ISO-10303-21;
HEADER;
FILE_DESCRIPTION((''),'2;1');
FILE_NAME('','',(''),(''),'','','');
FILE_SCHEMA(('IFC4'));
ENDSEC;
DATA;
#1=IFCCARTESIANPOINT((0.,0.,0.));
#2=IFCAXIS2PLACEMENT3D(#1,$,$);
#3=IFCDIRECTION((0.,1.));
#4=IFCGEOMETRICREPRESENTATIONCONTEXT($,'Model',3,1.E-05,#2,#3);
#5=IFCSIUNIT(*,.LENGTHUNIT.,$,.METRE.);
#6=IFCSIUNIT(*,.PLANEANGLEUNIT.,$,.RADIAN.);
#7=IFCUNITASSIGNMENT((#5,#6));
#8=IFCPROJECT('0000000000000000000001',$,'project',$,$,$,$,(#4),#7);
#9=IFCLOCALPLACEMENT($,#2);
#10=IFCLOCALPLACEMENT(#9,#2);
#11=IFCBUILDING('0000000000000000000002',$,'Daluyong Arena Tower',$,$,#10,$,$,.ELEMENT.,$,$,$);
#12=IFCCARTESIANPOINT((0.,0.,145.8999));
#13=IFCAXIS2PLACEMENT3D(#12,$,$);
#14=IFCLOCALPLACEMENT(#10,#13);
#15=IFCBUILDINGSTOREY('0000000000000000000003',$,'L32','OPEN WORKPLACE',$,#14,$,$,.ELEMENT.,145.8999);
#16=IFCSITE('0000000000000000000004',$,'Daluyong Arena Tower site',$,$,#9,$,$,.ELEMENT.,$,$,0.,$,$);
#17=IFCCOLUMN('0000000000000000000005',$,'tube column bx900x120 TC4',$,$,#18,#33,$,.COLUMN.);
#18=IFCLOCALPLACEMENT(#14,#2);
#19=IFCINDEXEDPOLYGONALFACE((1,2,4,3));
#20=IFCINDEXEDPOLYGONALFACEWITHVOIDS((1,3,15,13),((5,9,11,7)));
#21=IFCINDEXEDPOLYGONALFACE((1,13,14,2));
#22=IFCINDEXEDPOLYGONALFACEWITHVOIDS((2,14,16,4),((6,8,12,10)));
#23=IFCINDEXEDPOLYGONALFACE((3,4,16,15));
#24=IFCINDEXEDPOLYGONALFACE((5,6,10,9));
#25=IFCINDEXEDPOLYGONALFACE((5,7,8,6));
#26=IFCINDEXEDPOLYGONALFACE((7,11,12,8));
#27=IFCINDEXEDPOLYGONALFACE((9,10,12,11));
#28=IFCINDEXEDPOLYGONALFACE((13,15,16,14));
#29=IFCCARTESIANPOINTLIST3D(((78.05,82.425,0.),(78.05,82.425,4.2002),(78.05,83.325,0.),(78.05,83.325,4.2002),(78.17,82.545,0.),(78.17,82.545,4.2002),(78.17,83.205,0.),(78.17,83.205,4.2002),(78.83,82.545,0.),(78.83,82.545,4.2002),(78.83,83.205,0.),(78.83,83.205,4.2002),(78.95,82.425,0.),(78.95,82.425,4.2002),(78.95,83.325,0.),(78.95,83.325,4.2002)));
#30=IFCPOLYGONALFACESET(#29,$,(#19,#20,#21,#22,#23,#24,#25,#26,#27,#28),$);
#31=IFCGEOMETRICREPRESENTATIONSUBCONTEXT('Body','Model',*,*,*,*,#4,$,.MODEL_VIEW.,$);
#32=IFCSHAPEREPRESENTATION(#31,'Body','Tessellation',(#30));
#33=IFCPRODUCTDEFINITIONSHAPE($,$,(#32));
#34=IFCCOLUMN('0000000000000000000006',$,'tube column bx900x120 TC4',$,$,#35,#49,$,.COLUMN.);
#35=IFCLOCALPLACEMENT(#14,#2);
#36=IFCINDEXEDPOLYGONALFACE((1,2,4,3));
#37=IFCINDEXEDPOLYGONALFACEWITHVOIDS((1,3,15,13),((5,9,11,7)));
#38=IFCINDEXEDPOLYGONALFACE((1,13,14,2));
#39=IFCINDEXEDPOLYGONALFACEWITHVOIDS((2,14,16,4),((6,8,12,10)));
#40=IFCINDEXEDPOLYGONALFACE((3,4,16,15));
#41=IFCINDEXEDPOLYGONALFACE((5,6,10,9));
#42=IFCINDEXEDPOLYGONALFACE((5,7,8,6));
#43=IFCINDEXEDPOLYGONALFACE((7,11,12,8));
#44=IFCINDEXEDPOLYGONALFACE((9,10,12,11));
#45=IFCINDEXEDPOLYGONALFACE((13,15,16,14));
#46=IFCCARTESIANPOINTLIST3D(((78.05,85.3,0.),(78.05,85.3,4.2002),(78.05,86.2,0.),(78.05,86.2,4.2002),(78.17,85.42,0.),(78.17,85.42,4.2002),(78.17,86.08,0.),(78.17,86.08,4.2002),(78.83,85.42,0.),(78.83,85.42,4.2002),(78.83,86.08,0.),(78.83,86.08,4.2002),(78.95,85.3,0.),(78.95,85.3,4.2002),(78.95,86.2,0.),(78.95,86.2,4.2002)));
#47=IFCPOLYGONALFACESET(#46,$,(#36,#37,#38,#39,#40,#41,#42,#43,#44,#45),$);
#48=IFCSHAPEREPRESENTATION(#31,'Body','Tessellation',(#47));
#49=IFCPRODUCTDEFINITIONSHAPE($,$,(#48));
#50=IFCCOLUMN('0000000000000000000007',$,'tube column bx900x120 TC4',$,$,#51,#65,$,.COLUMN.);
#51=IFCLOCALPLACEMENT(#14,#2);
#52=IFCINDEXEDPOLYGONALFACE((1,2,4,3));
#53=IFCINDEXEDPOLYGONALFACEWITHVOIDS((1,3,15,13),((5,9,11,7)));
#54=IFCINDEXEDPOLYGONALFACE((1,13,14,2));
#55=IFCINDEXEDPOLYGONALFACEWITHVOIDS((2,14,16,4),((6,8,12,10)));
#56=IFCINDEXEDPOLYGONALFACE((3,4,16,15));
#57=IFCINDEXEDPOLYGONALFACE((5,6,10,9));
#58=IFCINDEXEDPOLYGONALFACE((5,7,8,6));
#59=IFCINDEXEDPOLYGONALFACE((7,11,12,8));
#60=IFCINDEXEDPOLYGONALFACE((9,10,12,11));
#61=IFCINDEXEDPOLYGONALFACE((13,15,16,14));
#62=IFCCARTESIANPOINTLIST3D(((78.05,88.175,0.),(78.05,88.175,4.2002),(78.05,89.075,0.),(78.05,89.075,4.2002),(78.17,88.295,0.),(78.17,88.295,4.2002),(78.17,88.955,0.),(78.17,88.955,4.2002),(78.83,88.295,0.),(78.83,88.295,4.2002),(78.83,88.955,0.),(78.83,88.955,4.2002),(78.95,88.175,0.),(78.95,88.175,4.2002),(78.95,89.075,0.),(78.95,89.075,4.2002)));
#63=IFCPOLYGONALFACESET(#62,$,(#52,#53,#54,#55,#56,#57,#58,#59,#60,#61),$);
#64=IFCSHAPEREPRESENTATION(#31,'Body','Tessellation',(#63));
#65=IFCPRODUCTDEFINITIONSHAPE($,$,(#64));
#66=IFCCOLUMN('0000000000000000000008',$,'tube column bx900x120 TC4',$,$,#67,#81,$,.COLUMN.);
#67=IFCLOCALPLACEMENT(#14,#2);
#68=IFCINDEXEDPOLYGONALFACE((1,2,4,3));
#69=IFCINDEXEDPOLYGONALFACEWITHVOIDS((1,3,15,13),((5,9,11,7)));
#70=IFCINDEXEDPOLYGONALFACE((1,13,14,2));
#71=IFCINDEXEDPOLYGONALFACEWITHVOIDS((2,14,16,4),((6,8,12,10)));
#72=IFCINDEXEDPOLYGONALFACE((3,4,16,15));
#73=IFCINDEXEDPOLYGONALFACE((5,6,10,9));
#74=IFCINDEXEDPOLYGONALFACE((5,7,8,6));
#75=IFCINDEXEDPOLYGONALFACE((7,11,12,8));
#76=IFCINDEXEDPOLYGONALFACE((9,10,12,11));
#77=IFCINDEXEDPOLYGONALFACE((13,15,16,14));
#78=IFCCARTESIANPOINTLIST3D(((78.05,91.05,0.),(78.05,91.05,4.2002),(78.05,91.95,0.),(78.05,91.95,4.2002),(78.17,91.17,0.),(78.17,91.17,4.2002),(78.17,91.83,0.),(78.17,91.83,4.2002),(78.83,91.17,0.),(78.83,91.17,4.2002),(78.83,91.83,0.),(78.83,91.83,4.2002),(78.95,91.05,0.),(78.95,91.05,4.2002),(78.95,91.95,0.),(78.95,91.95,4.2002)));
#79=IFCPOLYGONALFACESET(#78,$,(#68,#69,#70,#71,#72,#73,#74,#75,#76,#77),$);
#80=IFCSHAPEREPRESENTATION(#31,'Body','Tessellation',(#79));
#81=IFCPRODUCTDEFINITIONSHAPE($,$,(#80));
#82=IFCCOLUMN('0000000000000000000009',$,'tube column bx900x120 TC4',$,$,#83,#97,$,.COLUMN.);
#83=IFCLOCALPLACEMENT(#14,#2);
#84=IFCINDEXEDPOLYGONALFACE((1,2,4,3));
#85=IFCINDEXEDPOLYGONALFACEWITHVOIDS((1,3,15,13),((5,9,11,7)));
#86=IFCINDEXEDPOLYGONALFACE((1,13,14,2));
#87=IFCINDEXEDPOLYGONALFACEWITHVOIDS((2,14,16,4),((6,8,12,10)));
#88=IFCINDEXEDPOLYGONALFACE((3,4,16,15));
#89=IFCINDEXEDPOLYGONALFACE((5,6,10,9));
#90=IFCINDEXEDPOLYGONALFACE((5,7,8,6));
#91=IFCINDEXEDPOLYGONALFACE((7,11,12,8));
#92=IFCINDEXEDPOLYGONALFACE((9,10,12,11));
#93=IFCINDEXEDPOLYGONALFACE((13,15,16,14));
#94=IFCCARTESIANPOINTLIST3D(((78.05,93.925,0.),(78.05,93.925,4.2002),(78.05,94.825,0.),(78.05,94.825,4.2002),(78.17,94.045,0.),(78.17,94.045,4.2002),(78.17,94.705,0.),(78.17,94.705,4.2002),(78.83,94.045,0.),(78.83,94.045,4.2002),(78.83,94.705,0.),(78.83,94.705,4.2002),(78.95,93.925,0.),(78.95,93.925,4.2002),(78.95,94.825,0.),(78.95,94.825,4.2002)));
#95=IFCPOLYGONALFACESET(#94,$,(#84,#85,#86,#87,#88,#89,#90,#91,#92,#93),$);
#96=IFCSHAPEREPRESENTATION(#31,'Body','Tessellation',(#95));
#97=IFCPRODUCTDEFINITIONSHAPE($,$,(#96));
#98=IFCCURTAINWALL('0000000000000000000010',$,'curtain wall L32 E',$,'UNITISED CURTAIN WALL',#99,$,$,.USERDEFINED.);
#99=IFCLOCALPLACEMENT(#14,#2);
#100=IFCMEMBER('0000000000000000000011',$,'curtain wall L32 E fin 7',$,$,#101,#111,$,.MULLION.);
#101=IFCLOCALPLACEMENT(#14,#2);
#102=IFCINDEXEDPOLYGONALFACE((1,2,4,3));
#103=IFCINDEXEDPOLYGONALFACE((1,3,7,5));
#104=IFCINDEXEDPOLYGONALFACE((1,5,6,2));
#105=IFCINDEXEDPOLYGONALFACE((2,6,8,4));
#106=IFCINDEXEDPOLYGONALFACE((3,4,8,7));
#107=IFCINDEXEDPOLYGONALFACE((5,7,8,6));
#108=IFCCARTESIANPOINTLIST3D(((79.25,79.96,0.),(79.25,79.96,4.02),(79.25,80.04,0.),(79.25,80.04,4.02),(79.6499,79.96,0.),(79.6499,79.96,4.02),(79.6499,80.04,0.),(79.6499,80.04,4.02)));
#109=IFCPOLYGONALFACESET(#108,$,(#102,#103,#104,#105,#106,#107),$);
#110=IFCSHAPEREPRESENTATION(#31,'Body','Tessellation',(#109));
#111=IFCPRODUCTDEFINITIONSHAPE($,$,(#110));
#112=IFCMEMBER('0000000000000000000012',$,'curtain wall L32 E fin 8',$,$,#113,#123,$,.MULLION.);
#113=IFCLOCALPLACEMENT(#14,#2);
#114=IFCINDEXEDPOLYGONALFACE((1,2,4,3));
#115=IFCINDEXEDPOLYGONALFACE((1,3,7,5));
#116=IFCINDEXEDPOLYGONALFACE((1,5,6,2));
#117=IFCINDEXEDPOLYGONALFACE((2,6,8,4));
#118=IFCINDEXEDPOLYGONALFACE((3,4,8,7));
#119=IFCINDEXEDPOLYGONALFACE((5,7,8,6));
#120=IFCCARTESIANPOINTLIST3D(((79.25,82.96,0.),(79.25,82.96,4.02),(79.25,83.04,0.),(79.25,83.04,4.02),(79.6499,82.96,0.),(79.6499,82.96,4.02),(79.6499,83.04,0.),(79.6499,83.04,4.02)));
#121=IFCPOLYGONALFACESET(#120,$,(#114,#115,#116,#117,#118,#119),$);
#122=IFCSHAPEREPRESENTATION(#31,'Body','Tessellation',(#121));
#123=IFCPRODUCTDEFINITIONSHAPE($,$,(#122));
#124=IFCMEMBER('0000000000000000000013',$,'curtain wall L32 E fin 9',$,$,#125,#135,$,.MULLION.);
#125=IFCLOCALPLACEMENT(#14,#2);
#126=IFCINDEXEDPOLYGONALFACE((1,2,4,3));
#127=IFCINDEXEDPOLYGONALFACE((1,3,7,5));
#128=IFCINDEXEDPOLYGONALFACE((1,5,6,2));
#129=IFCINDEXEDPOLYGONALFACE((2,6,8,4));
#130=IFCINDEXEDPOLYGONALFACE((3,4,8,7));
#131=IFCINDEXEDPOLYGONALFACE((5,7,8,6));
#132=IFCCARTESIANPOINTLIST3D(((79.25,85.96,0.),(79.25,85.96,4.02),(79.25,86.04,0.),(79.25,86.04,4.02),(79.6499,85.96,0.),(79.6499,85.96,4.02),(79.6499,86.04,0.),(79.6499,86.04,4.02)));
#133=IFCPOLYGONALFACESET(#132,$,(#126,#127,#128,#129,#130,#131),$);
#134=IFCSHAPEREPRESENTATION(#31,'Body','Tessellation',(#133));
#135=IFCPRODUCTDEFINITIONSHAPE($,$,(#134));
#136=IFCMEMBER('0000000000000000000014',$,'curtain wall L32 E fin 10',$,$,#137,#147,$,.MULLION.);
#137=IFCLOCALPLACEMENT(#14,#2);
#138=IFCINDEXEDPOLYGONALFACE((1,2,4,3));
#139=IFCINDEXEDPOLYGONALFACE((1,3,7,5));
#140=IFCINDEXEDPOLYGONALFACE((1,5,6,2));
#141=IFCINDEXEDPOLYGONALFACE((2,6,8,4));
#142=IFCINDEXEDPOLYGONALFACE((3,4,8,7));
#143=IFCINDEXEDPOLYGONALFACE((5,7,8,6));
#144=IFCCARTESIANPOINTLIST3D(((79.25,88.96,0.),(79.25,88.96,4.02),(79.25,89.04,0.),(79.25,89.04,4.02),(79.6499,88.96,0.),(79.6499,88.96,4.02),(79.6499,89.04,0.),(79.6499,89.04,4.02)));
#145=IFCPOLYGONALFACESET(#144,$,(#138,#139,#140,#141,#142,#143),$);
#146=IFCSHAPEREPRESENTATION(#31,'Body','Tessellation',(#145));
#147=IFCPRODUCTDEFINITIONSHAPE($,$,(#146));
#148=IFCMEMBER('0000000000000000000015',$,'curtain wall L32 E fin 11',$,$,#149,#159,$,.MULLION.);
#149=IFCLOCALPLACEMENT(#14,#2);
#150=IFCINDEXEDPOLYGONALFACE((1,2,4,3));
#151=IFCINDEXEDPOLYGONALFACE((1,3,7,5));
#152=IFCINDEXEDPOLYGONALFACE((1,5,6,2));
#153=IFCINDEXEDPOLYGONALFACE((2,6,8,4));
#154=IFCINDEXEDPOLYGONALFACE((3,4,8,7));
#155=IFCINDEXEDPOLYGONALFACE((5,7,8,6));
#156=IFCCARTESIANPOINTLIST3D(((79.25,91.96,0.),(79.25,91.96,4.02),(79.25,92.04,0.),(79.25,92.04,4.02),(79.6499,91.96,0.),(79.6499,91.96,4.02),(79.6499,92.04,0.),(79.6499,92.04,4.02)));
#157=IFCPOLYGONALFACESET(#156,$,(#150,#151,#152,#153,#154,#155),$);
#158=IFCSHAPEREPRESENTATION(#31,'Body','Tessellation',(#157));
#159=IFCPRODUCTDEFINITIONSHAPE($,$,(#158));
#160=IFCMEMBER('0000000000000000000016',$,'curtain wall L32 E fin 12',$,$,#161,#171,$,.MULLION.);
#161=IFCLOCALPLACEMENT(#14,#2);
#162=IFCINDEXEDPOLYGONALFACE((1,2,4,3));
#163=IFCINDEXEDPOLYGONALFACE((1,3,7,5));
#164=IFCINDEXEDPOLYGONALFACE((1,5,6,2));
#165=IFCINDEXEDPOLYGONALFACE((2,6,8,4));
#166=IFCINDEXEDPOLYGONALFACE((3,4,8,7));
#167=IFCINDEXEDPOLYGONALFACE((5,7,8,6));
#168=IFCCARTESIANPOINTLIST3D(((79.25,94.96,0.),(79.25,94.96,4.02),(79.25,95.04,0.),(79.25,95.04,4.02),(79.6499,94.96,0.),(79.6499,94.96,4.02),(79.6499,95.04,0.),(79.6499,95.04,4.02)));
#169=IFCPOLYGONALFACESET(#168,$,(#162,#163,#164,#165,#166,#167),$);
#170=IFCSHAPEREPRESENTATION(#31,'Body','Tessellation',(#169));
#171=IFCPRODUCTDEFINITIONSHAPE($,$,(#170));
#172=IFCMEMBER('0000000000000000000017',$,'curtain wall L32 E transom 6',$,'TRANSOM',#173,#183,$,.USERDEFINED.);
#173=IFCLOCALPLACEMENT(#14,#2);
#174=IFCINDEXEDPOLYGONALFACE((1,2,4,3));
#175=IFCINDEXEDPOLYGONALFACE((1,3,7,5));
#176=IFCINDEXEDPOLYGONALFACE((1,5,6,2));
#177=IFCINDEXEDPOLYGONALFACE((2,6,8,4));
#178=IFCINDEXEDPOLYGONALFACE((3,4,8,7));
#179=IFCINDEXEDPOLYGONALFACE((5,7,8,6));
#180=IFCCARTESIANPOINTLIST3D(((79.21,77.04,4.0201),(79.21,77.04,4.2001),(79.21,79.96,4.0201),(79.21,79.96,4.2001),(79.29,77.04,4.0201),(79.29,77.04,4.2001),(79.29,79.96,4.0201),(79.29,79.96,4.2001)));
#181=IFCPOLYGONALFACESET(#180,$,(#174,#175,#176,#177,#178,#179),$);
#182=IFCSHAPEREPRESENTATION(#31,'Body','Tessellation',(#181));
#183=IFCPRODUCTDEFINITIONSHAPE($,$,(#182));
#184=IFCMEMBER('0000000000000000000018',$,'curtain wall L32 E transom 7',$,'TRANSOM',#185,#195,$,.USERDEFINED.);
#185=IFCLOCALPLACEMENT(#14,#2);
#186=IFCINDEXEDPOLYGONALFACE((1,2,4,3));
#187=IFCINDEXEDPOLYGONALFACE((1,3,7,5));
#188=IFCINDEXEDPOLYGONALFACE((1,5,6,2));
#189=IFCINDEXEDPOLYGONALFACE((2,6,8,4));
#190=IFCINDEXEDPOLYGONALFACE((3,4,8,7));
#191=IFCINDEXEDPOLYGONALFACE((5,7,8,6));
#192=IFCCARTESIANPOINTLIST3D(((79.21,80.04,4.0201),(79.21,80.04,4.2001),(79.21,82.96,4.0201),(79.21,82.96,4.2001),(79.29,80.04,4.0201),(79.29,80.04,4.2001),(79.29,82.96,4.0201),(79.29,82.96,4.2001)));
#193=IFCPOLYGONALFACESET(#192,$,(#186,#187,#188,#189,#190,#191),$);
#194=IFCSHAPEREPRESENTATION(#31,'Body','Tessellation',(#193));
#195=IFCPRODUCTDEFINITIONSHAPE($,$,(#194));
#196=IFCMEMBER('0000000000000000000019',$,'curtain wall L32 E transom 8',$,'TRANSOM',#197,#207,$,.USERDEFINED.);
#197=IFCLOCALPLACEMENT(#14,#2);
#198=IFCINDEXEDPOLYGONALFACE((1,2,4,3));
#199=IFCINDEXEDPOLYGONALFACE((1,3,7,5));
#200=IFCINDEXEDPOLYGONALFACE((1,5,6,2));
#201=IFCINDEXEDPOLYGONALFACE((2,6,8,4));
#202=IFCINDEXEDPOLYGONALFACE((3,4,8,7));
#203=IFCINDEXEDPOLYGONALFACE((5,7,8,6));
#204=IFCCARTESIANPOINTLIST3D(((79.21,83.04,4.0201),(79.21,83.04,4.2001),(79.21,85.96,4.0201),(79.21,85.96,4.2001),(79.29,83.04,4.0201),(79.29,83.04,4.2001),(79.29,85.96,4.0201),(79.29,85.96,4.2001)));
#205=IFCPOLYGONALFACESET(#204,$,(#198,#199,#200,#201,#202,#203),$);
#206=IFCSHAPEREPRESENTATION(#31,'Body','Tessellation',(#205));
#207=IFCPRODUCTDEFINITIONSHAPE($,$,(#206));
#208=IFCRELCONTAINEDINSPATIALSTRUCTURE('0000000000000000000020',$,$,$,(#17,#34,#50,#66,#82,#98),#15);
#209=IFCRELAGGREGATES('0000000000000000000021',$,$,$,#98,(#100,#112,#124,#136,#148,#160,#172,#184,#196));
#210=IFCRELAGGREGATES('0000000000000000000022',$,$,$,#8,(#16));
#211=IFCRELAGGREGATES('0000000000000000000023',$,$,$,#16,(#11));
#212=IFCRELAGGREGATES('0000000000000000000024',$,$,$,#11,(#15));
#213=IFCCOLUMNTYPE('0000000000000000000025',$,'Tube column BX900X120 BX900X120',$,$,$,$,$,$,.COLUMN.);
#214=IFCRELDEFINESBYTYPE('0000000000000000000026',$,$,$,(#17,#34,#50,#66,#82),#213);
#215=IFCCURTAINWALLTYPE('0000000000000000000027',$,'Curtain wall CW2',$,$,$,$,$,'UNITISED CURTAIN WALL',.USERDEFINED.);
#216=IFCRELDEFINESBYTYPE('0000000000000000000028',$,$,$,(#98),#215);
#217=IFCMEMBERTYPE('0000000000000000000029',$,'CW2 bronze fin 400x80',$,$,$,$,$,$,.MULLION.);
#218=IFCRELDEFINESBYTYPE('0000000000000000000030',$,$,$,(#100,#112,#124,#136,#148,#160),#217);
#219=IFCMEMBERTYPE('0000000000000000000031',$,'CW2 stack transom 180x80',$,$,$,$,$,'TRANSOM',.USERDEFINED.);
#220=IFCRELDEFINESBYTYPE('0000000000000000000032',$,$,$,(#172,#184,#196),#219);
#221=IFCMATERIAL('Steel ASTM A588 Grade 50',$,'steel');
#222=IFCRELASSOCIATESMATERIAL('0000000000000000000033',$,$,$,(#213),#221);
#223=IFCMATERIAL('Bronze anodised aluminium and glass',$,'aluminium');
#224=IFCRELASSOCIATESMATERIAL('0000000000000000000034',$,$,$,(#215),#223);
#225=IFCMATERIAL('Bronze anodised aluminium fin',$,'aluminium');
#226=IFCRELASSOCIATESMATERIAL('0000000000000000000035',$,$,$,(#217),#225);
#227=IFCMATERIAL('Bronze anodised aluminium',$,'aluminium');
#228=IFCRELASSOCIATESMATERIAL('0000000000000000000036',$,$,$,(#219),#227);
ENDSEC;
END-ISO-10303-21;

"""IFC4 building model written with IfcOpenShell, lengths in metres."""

from ifc_helpers import new_model, si_unit, direction, frame, origin, origin_2d, place, context, subcontext, project, spatial, rectangle, hollow_rectangle, extrude, material, material_profile, profile_set, type_object, element, aggregate, save


model = new_model("IFC4")

# Units and contexts
model_context = context("Model", 3, precision=1e-05, world=origin(), true_north=direction((0.0, 1.0)))
body_context = subcontext(model_context, "Body", "Model", "MODEL_VIEW")
ifc_project = project(units=[si_unit("LENGTHUNIT", "METRE"), si_unit("PLANEANGLEUNIT", "RADIAN")], contexts=[model_context])

# Site, building, storey
site_placement = place(None, origin())
site = spatial("IfcSite", under=ifc_project, at=site_placement, Name="Daluyong Arena Tower site", CompositionType="ELEMENT", RefElevation=0.0)
building_placement = place(site_placement, origin())
building = spatial("IfcBuilding", under=site, at=building_placement, Name="Daluyong Arena Tower", CompositionType="ELEMENT")
storey_placement = place(building_placement, frame((0.0, 0.0, 145.8999)))
storey = spatial("IfcBuildingStorey", under=building, at=storey_placement, Name="L32", Description="OPEN WORKPLACE", CompositionType="ELEMENT", Elevation=145.8999)

# Columns
ifc_material_1 = material(Name="Steel ASTM A588 Grade 50", Category="steel")
ifc_material_profile_1 = material_profile(ifc_material_1, hollow_rectangle(XDim=0.8999, YDim=0.8999, WallThickness=0.12, at=origin_2d()))
ifc_profile_set_1 = profile_set([ifc_material_profile_1], Name="Steel ASTM A588 Grade 50")
column_type = type_object("IfcColumnType", Name="Tube column BX900X120 BX900X120", PredefinedType="COLUMN", material=ifc_profile_set_1)
for number, where, z_axis, x_axis, name in (
    (1, (78.5, 82.875, 0.0), (0.0, 0.0, 1.0), (0.0, 1.0, 0.0), "tube column bx900x120 TC4"),
    (2, (78.5, 85.75, 0.0), (0.0, 0.0, 1.0), (0.0, 1.0, 0.0), "tube column bx900x120 TC4"),
    (3, (78.5, 88.625, 0.0), (0.0, 0.0, 1.0), (0.0, 1.0, 0.0), "tube column bx900x120 TC4"),
    (4, (78.5, 91.5, 0.0), (0.0, 0.0, 1.0), (0.0, 1.0, 0.0), "tube column bx900x120 TC4"),
    (5, (78.5, 94.375, 0.0), (0.0, 0.0, 1.0), (0.0, 1.0, 0.0), "tube column bx900x120 TC4"),
):
    element("IfcColumn", number, at=place(storey_placement, frame(where, z_axis=z_axis, x_axis=x_axis)), inside=storey, type_object=column_type, Name=name, PredefinedType="COLUMN", context=body_context, shape_type="SweptSolid", body=[
        extrude(hollow_rectangle(XDim=0.8999, YDim=0.8999, WallThickness=0.12, at=origin_2d()), origin(), (0.0, 0.0, 1.0), 4.2002),
    ])

# Curtain wall, members
ifc_material_2 = material(Name="Bronze anodised aluminium and glass", Category="aluminium")
curtain_wall_type = type_object("IfcCurtainWallType", Name="Curtain wall CW2", ElementType="UNITISED CURTAIN WALL", PredefinedType="USERDEFINED", material=ifc_material_2)
curtain_wall_placement = place(storey_placement, origin())
curtain_wall = element("IfcCurtainWall", 6, at=curtain_wall_placement, inside=storey, type_object=curtain_wall_type, Name="curtain wall L32 E", ObjectType="UNITISED CURTAIN WALL", PredefinedType="USERDEFINED")
ifc_material_3 = material(Name="Bronze anodised aluminium fin", Category="aluminium")
ifc_material_profile_2 = material_profile(ifc_material_3, rectangle(XDim=0.3999, YDim=0.0801, at=origin_2d()))
ifc_profile_set_2 = profile_set([ifc_material_profile_2], Name="Bronze anodised aluminium fin")
member_type_1 = type_object("IfcMemberType", Name="CW2 bronze fin 400x80", PredefinedType="MULLION", material=ifc_profile_set_2)
member_1_placement = place(storey_placement, frame((79.45, 80.0, 0.0), z_axis=(0.0, 0.0, 1.0), x_axis=(-1.0, 0.0, 0.0)))
member_1 = element("IfcMember", 7, at=member_1_placement, type_object=member_type_1, Name="curtain wall L32 E fin 7", PredefinedType="MULLION", context=body_context, shape_type="SweptSolid", body=[
    extrude(rectangle(XDim=0.3999, YDim=0.0801, at=origin_2d()), origin(), (0.0, 0.0, 1.0), 4.02),
])
member_2_placement = place(storey_placement, frame((79.45, 83.0, 0.0), z_axis=(0.0, 0.0, 1.0), x_axis=(-1.0, 0.0, 0.0)))
member_2 = element("IfcMember", 8, at=member_2_placement, type_object=member_type_1, Name="curtain wall L32 E fin 8", PredefinedType="MULLION", context=body_context, shape_type="SweptSolid", body=[
    extrude(rectangle(XDim=0.3999, YDim=0.0801, at=origin_2d()), origin(), (0.0, 0.0, 1.0), 4.02),
])
member_3_placement = place(storey_placement, frame((79.45, 86.0, 0.0), z_axis=(0.0, 0.0, 1.0), x_axis=(-1.0, 0.0, 0.0)))
member_3 = element("IfcMember", 9, at=member_3_placement, type_object=member_type_1, Name="curtain wall L32 E fin 9", PredefinedType="MULLION", context=body_context, shape_type="SweptSolid", body=[
    extrude(rectangle(XDim=0.3999, YDim=0.0801, at=origin_2d()), origin(), (0.0, 0.0, 1.0), 4.02),
])
member_4_placement = place(storey_placement, frame((79.45, 89.0, 0.0), z_axis=(0.0, 0.0, 1.0), x_axis=(-1.0, 0.0, 0.0)))
member_4 = element("IfcMember", 10, at=member_4_placement, type_object=member_type_1, Name="curtain wall L32 E fin 10", PredefinedType="MULLION", context=body_context, shape_type="SweptSolid", body=[
    extrude(rectangle(XDim=0.3999, YDim=0.0801, at=origin_2d()), origin(), (0.0, 0.0, 1.0), 4.02),
])
member_5_placement = place(storey_placement, frame((79.45, 92.0, 0.0), z_axis=(0.0, 0.0, 1.0), x_axis=(-1.0, 0.0, 0.0)))
member_5 = element("IfcMember", 11, at=member_5_placement, type_object=member_type_1, Name="curtain wall L32 E fin 11", PredefinedType="MULLION", context=body_context, shape_type="SweptSolid", body=[
    extrude(rectangle(XDim=0.3999, YDim=0.0801, at=origin_2d()), origin(), (0.0, 0.0, 1.0), 4.02),
])
member_6_placement = place(storey_placement, frame((79.45, 95.0, 0.0), z_axis=(0.0, 0.0, 1.0), x_axis=(-1.0, 0.0, 0.0)))
member_6 = element("IfcMember", 12, at=member_6_placement, type_object=member_type_1, Name="curtain wall L32 E fin 12", PredefinedType="MULLION", context=body_context, shape_type="SweptSolid", body=[
    extrude(rectangle(XDim=0.3999, YDim=0.0801, at=origin_2d()), origin(), (0.0, 0.0, 1.0), 4.02),
])
ifc_material_4 = material(Name="Bronze anodised aluminium", Category="aluminium")
ifc_material_profile_3 = material_profile(ifc_material_4, rectangle(XDim=0.0801, YDim=0.1799, at=origin_2d()))
ifc_profile_set_3 = profile_set([ifc_material_profile_3], Name="Bronze anodised aluminium")
member_type_2 = type_object("IfcMemberType", Name="CW2 stack transom 180x80", ElementType="TRANSOM", PredefinedType="USERDEFINED", material=ifc_profile_set_3)
member_7_placement = place(storey_placement, frame((79.25, 77.04, 4.1101), z_axis=(0.0, 1.0, 0.0), x_axis=(-1.0, 0.0, 0.0)))
member_7 = element("IfcMember", 13, at=member_7_placement, type_object=member_type_2, Name="curtain wall L32 E transom 6", ObjectType="TRANSOM", PredefinedType="USERDEFINED", context=body_context, shape_type="SweptSolid", body=[
    extrude(rectangle(XDim=0.0801, YDim=0.1799, at=origin_2d()), origin(), (0.0, 0.0, 1.0), 2.9199),
])
member_8_placement = place(storey_placement, frame((79.25, 80.04, 4.1101), z_axis=(0.0, 1.0, 0.0), x_axis=(-1.0, 0.0, 0.0)))
member_8 = element("IfcMember", 14, at=member_8_placement, type_object=member_type_2, Name="curtain wall L32 E transom 7", ObjectType="TRANSOM", PredefinedType="USERDEFINED", context=body_context, shape_type="SweptSolid", body=[
    extrude(rectangle(XDim=0.0801, YDim=0.1799, at=origin_2d()), origin(), (0.0, 0.0, 1.0), 2.9199),
])
member_9_placement = place(storey_placement, frame((79.25, 83.04, 4.1101), z_axis=(0.0, 1.0, 0.0), x_axis=(-1.0, 0.0, 0.0)))
member_9 = element("IfcMember", 15, at=member_9_placement, type_object=member_type_2, Name="curtain wall L32 E transom 8", ObjectType="TRANSOM", PredefinedType="USERDEFINED", context=body_context, shape_type="SweptSolid", body=[
    extrude(rectangle(XDim=0.0801, YDim=0.1799, at=origin_2d()), origin(), (0.0, 0.0, 1.0), 2.9199),
])

aggregate(curtain_wall, [member_1, member_2, member_3, member_4, member_5, member_6, member_7, member_8, member_9])

save(model, "model.ifc")
